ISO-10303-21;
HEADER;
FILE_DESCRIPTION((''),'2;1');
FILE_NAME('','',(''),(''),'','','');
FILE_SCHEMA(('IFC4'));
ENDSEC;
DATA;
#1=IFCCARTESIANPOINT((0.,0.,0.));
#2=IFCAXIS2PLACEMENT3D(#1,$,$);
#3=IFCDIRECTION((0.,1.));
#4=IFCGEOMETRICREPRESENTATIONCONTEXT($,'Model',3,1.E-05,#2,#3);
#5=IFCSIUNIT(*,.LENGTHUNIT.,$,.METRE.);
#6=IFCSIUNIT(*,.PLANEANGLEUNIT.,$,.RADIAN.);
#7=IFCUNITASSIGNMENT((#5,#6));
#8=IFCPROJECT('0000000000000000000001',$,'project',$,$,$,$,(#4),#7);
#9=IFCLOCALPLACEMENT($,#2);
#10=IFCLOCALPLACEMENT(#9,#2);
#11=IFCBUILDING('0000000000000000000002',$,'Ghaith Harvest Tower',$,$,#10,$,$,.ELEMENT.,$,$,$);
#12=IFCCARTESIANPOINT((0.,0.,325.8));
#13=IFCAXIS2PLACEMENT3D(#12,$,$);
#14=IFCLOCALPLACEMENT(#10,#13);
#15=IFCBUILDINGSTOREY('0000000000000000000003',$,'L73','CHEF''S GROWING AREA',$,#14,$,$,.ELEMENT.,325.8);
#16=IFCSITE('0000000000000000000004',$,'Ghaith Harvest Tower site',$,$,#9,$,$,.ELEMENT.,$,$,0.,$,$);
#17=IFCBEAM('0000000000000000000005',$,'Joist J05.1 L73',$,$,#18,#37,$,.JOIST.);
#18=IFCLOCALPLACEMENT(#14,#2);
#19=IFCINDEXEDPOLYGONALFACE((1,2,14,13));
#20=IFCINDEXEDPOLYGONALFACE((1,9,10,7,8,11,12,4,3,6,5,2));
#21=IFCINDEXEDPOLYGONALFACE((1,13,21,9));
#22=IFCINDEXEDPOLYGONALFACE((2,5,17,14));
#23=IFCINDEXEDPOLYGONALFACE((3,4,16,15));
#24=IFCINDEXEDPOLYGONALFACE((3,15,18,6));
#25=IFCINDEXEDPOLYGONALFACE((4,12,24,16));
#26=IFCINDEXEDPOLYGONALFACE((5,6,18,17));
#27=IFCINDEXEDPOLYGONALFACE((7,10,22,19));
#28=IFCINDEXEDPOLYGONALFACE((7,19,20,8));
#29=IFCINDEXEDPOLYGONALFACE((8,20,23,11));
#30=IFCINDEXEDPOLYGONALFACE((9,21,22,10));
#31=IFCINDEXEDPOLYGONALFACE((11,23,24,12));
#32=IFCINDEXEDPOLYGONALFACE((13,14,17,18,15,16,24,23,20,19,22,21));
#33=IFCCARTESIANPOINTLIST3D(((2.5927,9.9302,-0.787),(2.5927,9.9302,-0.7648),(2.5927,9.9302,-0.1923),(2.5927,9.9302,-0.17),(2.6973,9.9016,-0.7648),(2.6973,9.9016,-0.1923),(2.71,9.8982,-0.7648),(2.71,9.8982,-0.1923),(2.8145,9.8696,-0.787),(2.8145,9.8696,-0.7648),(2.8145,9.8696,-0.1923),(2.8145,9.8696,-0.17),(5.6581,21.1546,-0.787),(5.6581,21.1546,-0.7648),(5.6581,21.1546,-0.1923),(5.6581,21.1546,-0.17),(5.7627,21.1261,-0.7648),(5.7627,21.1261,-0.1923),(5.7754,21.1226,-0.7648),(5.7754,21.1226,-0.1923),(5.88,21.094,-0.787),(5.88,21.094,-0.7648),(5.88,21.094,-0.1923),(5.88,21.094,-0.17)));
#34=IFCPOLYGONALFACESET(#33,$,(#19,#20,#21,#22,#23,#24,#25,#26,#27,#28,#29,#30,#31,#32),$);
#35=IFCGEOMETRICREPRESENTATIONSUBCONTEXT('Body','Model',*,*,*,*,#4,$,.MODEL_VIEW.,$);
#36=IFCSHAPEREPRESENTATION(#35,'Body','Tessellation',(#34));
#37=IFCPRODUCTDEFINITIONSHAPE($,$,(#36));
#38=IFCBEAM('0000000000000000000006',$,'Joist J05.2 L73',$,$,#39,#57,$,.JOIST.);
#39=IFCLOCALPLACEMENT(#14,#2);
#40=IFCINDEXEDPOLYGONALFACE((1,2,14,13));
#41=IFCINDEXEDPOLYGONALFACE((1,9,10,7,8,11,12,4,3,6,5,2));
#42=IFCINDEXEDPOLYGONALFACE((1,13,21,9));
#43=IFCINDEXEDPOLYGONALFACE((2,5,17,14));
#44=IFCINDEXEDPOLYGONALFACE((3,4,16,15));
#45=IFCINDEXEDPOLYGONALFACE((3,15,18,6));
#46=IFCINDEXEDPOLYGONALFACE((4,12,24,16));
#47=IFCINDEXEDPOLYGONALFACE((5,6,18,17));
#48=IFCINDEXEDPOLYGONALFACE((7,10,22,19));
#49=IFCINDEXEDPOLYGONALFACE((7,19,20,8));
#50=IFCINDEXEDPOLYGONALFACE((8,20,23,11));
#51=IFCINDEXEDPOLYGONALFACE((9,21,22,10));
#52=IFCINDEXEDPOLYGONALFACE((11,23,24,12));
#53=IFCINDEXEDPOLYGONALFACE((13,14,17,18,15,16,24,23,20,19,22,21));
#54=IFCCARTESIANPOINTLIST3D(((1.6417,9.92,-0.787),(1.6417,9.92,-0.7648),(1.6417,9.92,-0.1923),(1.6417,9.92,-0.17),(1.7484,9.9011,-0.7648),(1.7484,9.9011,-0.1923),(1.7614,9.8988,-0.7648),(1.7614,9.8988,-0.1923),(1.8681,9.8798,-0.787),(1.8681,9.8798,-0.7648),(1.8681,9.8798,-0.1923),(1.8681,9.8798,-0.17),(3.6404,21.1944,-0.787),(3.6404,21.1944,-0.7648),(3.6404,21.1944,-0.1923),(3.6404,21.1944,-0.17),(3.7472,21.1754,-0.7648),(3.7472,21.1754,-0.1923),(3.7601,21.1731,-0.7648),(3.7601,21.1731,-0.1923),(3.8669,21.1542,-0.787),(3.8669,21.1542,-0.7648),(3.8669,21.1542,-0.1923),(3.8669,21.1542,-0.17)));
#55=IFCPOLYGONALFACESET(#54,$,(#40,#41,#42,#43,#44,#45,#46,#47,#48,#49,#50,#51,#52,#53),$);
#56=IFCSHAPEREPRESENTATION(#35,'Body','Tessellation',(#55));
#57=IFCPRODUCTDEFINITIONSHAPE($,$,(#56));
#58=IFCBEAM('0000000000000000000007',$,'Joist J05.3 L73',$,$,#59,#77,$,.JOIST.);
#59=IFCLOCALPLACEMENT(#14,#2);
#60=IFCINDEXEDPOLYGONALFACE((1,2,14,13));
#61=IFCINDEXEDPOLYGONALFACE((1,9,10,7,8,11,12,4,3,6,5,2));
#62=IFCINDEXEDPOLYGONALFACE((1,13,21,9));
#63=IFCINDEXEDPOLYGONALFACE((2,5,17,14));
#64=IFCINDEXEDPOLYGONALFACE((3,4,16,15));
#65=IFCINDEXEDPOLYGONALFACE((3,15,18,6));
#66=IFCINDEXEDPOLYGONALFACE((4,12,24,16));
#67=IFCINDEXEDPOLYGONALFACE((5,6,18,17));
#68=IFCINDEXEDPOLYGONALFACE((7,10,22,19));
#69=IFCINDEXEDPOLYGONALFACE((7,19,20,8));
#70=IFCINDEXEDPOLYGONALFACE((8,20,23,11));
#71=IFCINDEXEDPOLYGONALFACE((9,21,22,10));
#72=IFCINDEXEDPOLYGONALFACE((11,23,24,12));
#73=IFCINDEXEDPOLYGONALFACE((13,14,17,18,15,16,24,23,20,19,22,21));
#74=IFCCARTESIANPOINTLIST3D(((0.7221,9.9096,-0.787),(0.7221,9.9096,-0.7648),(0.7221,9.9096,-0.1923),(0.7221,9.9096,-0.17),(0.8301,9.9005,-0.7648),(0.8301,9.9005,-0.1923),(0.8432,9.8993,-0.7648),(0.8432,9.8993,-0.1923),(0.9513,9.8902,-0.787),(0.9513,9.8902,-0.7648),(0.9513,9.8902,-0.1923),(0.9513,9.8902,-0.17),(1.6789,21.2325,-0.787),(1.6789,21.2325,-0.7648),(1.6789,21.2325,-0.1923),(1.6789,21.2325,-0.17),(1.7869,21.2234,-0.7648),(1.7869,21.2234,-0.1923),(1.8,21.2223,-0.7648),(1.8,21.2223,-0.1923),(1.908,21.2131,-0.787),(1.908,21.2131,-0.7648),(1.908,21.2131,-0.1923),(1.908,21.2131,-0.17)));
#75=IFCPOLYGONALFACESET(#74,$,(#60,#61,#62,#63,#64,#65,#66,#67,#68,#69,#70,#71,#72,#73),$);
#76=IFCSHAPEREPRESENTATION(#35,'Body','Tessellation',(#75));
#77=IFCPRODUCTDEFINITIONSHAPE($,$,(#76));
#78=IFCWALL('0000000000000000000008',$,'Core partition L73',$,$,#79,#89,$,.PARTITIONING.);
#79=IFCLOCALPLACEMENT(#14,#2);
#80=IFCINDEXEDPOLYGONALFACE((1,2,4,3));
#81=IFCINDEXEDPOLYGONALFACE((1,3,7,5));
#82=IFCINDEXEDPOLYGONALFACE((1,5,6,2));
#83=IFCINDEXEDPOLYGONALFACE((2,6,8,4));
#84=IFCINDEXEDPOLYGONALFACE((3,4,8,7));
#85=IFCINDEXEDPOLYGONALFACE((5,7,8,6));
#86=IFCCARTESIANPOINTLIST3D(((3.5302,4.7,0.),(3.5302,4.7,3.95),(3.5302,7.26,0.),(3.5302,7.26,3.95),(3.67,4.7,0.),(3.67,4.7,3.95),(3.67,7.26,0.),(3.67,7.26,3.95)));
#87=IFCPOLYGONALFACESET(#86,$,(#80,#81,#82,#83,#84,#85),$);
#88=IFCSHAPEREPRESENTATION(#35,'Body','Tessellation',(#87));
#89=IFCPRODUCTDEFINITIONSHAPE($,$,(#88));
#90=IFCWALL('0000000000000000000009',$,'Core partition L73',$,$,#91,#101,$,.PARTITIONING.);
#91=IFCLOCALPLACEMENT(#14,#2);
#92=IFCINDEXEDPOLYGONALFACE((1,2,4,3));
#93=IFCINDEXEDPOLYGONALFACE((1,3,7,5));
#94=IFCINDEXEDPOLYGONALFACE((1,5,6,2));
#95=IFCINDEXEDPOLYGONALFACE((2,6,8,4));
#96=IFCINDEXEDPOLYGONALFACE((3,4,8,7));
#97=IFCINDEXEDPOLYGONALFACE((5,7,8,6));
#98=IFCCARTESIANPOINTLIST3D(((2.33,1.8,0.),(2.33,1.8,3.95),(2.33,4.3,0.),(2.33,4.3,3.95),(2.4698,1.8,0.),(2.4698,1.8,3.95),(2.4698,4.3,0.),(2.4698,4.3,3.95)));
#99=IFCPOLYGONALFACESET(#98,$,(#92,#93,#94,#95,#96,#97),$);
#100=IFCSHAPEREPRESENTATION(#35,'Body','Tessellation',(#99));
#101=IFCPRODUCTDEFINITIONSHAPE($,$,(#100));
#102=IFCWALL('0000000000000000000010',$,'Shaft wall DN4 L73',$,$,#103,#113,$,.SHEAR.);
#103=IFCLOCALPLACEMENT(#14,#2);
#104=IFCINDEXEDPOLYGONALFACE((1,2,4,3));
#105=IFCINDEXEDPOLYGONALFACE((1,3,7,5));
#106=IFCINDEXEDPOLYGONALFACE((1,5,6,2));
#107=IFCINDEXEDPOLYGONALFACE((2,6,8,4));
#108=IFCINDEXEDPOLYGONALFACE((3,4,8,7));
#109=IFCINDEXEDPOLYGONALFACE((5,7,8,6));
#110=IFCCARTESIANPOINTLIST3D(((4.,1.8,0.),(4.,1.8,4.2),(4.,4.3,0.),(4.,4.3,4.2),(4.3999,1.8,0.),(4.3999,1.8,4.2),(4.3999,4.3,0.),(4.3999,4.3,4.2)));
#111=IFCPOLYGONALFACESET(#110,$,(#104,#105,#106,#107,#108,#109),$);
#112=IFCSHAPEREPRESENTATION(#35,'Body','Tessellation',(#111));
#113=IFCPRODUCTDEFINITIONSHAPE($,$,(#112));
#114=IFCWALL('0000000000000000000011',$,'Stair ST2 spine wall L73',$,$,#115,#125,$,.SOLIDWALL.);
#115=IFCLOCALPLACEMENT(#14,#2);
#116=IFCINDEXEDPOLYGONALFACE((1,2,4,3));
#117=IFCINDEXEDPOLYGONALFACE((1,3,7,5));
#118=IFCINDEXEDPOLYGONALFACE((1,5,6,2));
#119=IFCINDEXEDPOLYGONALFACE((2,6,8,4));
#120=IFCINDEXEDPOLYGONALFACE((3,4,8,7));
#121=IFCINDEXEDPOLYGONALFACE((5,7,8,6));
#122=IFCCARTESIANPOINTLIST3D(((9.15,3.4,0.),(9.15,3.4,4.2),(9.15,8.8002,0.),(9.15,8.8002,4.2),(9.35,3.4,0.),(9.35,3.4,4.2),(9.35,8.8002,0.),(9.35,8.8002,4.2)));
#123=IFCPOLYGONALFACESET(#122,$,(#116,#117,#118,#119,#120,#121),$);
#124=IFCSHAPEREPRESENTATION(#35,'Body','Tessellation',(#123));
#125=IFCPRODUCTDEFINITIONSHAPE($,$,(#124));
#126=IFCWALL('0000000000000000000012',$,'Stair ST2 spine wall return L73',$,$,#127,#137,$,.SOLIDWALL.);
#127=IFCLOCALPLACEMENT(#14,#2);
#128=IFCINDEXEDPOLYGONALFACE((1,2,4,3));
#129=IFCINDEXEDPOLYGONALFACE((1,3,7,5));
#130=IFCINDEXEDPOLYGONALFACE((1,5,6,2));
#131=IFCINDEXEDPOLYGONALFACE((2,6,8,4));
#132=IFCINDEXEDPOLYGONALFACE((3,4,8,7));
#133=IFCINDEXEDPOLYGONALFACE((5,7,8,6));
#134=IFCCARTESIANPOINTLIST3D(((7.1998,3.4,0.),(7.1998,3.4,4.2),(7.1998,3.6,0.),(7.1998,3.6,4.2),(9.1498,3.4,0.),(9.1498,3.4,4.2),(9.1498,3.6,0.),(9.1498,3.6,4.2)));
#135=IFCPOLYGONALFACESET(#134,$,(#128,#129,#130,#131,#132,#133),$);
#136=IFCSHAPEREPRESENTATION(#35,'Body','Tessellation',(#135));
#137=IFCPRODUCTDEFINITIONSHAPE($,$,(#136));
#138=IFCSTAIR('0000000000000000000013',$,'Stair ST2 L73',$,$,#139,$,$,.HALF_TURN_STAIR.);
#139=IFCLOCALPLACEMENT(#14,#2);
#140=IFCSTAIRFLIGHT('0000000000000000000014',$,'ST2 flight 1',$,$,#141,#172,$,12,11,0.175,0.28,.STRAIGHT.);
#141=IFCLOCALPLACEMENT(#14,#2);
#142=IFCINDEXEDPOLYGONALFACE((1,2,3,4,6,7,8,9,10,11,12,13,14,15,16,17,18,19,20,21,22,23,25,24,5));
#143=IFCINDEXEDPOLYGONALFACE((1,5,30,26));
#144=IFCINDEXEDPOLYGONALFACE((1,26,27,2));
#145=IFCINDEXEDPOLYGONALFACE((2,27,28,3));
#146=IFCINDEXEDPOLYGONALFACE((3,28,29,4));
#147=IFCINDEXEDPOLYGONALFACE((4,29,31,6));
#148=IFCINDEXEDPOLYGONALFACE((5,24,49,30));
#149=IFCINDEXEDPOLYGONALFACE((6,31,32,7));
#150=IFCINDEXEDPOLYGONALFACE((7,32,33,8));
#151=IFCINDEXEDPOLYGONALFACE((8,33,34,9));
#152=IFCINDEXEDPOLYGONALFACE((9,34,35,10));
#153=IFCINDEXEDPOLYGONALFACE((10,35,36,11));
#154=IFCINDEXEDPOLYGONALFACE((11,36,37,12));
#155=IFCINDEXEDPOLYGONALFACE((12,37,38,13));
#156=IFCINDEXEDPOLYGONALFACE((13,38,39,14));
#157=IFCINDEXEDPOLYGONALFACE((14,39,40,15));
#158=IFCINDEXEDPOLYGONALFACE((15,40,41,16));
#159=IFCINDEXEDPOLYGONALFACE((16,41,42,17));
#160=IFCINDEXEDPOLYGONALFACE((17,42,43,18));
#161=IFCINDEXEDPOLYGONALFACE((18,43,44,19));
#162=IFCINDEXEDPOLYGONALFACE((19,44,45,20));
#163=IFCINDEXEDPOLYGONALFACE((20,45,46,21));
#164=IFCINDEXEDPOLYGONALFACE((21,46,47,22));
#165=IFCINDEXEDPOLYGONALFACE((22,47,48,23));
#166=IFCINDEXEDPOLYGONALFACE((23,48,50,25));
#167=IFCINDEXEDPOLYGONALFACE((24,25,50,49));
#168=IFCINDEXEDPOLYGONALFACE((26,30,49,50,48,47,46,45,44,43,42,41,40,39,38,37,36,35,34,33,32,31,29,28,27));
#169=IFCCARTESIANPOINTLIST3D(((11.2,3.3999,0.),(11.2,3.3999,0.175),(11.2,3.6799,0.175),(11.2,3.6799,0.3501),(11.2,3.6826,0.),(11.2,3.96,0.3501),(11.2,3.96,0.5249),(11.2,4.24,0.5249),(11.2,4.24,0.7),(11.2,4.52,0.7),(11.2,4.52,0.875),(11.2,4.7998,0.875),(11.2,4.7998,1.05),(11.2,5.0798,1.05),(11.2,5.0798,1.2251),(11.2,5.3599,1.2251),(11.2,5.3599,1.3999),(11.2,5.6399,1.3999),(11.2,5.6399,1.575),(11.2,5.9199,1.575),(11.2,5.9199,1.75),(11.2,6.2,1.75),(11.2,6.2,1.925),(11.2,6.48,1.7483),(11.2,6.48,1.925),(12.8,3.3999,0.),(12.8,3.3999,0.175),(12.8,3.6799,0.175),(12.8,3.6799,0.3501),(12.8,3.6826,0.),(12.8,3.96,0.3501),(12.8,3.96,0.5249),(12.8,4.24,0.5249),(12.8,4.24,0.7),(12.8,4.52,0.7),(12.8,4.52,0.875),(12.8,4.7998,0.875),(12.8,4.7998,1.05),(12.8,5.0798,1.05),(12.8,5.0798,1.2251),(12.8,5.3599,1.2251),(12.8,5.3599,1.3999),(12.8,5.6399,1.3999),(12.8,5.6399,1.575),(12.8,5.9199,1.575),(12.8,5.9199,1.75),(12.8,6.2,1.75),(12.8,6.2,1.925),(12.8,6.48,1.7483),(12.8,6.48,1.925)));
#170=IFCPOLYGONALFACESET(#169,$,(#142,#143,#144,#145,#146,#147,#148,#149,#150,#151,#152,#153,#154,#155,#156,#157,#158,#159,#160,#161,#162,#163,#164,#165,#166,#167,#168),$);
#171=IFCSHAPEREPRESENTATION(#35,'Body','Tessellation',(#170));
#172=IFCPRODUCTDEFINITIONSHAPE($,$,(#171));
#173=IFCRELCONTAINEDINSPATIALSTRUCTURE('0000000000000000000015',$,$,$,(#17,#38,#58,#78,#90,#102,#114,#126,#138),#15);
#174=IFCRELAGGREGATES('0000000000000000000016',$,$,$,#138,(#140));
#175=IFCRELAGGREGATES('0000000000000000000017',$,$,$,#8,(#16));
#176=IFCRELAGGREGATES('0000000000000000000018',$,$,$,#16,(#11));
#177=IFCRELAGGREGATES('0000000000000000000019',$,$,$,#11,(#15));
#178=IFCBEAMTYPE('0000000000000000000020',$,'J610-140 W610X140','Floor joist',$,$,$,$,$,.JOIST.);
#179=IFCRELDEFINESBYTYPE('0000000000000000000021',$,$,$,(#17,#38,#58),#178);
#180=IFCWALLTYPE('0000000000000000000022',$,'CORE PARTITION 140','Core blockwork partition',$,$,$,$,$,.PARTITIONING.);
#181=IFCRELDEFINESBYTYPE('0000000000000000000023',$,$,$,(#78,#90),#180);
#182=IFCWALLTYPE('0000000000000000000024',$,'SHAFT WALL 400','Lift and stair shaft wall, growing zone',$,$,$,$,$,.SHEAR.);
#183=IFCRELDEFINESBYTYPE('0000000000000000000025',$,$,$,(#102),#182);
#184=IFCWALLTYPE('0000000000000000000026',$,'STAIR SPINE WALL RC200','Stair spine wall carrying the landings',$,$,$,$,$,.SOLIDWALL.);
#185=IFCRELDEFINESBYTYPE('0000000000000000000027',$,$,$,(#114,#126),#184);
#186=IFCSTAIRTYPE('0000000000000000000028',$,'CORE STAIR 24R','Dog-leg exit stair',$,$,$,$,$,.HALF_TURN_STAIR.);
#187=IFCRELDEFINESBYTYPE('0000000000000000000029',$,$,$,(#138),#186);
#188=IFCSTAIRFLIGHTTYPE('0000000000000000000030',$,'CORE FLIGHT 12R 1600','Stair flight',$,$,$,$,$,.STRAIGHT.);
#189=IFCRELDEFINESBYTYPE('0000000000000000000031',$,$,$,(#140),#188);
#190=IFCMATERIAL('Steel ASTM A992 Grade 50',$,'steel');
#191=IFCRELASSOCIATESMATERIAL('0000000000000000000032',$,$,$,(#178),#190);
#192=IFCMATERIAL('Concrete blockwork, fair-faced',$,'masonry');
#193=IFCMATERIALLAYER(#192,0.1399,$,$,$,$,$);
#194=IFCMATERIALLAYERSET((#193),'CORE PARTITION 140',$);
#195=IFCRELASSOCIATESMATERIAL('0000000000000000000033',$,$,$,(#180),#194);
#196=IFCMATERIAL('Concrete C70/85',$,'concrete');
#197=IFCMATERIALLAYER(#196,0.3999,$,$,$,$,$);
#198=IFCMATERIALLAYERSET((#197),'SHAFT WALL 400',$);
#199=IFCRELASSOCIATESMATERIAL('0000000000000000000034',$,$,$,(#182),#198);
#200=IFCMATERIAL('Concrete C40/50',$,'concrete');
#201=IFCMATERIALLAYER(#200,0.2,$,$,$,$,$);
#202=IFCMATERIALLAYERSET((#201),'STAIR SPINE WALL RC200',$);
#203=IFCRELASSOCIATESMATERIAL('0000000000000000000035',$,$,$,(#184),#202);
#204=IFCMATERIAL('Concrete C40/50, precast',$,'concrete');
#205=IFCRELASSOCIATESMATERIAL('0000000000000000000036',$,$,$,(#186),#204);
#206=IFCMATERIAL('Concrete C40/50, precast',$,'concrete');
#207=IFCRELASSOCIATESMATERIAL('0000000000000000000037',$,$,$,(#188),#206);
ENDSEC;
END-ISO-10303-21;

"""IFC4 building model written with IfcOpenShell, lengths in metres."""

from ifc_helpers import new_model, si_unit, direction, frame, frame_2d, origin, origin_2d, place, context, subcontext, project, spatial, polyline, rectangle, i_section, outline, extrude, material, layer, layer_set, material_profile, profile_set, type_object, element, aggregate, save


model = new_model("IFC4")

# Units and contexts
model_context = context("Model", 3, precision=1e-05, world=origin(), true_north=direction((0.0, 1.0)))
body_context = subcontext(model_context, "Body", "Model", "MODEL_VIEW")
ifc_project = project(units=[si_unit("LENGTHUNIT", "METRE"), si_unit("PLANEANGLEUNIT", "RADIAN")], contexts=[model_context])

# Site, building, storey
site_placement = place(None, origin())
site = spatial("IfcSite", under=ifc_project, at=site_placement, Name="Ghaith Harvest Tower site", CompositionType="ELEMENT", RefElevation=0.0)
building_placement = place(site_placement, origin())
building = spatial("IfcBuilding", under=site, at=building_placement, Name="Ghaith Harvest Tower", CompositionType="ELEMENT")
storey_placement = place(building_placement, frame((0.0, 0.0, 325.8)))
storey = spatial("IfcBuildingStorey", under=building, at=storey_placement, Name="L73", Description="CHEF'S GROWING AREA", CompositionType="ELEMENT", Elevation=325.8)

# Beams
ifc_material_1 = material(Name="Steel ASTM A992 Grade 50", Category="steel")
ifc_material_profile = material_profile(ifc_material_1, i_section(OverallWidth=0.23, OverallDepth=0.6169, WebThickness=0.0132, FlangeThickness=0.0222, at=origin_2d()), Name="W610X140")
ifc_profile_set = profile_set([ifc_material_profile], Name="Steel ASTM A992 Grade 50")
beam_type = type_object("IfcBeamType", Name="J610-140 W610X140", Description="Floor joist", PredefinedType="JOIST", material=ifc_profile_set)
beam_1_placement = place(storey_placement, frame((2.7036, 9.8999, -0.4785), z_axis=(0.263456, 0.964671, 0.0), x_axis=(-0.964671, 0.263456, 0.0)))
element("IfcBeam", 1, at=beam_1_placement, inside=storey, type_object=beam_type, Name="Joist J05.1 L73", PredefinedType="JOIST", context=body_context, shape_type="SweptSolid", body=[
    extrude(i_section(OverallWidth=0.23, OverallDepth=0.6169, WebThickness=0.0132, FlangeThickness=0.0222, at=origin_2d()), origin(), (0.0, 0.0, 1.0), 11.6355),
])
beam_2_placement = place(storey_placement, frame((1.7549, 9.8999, -0.4785), z_axis=(0.174563, 0.984646, 0.0), x_axis=(-0.984646, 0.174563, 0.0)))
element("IfcBeam", 2, at=beam_2_placement, inside=storey, type_object=beam_type, Name="Joist J05.2 L73", PredefinedType="JOIST", context=body_context, shape_type="SweptSolid", body=[
    extrude(i_section(OverallWidth=0.23, OverallDepth=0.6169, WebThickness=0.0132, FlangeThickness=0.0222, at=origin_2d()), origin(), (0.0, 0.0, 1.0), 11.4502),
])
beam_3_placement = place(storey_placement, frame((0.8367, 9.8999, -0.4785), z_axis=(0.084199, 0.996449, 0.0), x_axis=(-0.996449, 0.084199, 0.0)))
element("IfcBeam", 3, at=beam_3_placement, inside=storey, type_object=beam_type, Name="Joist J05.3 L73", PredefinedType="JOIST", context=body_context, shape_type="SweptSolid", body=[
    extrude(i_section(OverallWidth=0.23, OverallDepth=0.6169, WebThickness=0.0132, FlangeThickness=0.0222, at=origin_2d()), origin(), (0.0, 0.0, 1.0), 11.3633),
])

# Walls
ifc_material_2 = material(Name="Concrete blockwork, fair-faced", Category="masonry")
ifc_layer_1 = layer(ifc_material_2, 0.1399)
ifc_layer_set_1 = layer_set([ifc_layer_1], Name="CORE PARTITION 140")
wall_type_1 = type_object("IfcWallType", Name="CORE PARTITION 140", Description="Core blockwork partition", PredefinedType="PARTITIONING", material=ifc_layer_set_1)
wall_1_placement = place(storey_placement, frame((3.6001, 4.7, 0.0), z_axis=(0.0, 0.0, 1.0), x_axis=(0.0, 1.0, 0.0)))
element("IfcWall", 4, at=wall_1_placement, inside=storey, type_object=wall_type_1, Name="Core partition L73", PredefinedType="PARTITIONING", context=body_context, shape_type="SweptSolid", body=[
    extrude(rectangle(XDim=2.5601, YDim=0.1399, at=frame_2d((1.28, 0.0))), origin(), (0.0, 0.0, 1.0), 3.95),
])
wall_2_placement = place(storey_placement, frame((2.3999, 1.8, 0.0), z_axis=(0.0, 0.0, 1.0), x_axis=(0.0, 1.0, 0.0)))
element("IfcWall", 5, at=wall_2_placement, inside=storey, type_object=wall_type_1, Name="Core partition L73", PredefinedType="PARTITIONING", context=body_context, shape_type="SweptSolid", body=[
    extrude(rectangle(XDim=2.5, YDim=0.1399, at=frame_2d((1.25, 0.0))), origin(), (0.0, 0.0, 1.0), 3.95),
])

# Shared definitions
ifc_material_3 = material(Name="Concrete C70/85", Category="concrete")
ifc_layer_2 = layer(ifc_material_3, 0.3999)
ifc_layer_set_2 = layer_set([ifc_layer_2], Name="SHAFT WALL 400")
wall_type_2 = type_object("IfcWallType", Name="SHAFT WALL 400", Description="Lift and stair shaft wall, growing zone", PredefinedType="SHEAR", material=ifc_layer_set_2)

# Walls
wall_3_placement = place(storey_placement, frame((4.2, 1.8, 0.0), z_axis=(0.0, 0.0, 1.0), x_axis=(0.0, 1.0, 0.0)))
element("IfcWall", 6, at=wall_3_placement, inside=storey, type_object=wall_type_2, Name="Shaft wall DN4 L73", PredefinedType="SHEAR", context=body_context, shape_type="SweptSolid", body=[
    extrude(rectangle(XDim=2.5, YDim=0.3999, at=frame_2d((1.25, 0.0))), origin(), (0.0, 0.0, 1.0), 4.2),
])
ifc_material_4 = material(Name="Concrete C40/50", Category="concrete")
ifc_layer_3 = layer(ifc_material_4, 0.2)
ifc_layer_set_3 = layer_set([ifc_layer_3], Name="STAIR SPINE WALL RC200")
wall_type_3 = type_object("IfcWallType", Name="STAIR SPINE WALL RC200", Description="Stair spine wall carrying the landings", PredefinedType="SOLIDWALL", material=ifc_layer_set_3)
wall_4_placement = place(storey_placement, frame((9.25, 3.3999, 0.0), z_axis=(0.0, 0.0, 1.0), x_axis=(0.0, 1.0, 0.0)))
element("IfcWall", 7, at=wall_4_placement, inside=storey, type_object=wall_type_3, Name="Stair ST2 spine wall L73", PredefinedType="SOLIDWALL", context=body_context, shape_type="SweptSolid", body=[
    extrude(rectangle(XDim=5.4001, YDim=0.2, at=frame_2d((2.7002, 0.0))), origin(), (0.0, 0.0, 1.0), 4.2),
])
wall_5_placement = place(storey_placement, frame((9.1499, 3.5, 0.0), z_axis=(0.0, 0.0, 1.0), x_axis=(-1.0, 0.0, 0.0)))
element("IfcWall", 8, at=wall_5_placement, inside=storey, type_object=wall_type_3, Name="Stair ST2 spine wall return L73", PredefinedType="SOLIDWALL", context=body_context, shape_type="SweptSolid", body=[
    extrude(rectangle(XDim=1.95, YDim=0.2, at=frame_2d((0.9751, 0.0))), origin(), (0.0, 0.0, 1.0), 4.2),
])

# Stair, stair flight
ifc_material_5 = material(Name="Concrete C40/50, precast", Category="concrete")
stair_type = type_object("IfcStairType", Name="CORE STAIR 24R", Description="Dog-leg exit stair", PredefinedType="HALF_TURN_STAIR", material=ifc_material_5)
stair_placement = place(storey_placement, origin())
stair = element("IfcStair", 9, at=stair_placement, inside=storey, type_object=stair_type, Name="Stair ST2 L73", PredefinedType="HALF_TURN_STAIR")
ifc_material_6 = material(Name="Concrete C40/50, precast", Category="concrete")
stair_flight_type = type_object("IfcStairFlightType", Name="CORE FLIGHT 12R 1600", Description="Stair flight", PredefinedType="STRAIGHT", material=ifc_material_6)
stair_flight_1_placement = place(storey_placement, frame((12.0, 3.3999, 0.0), z_axis=(0.0, 0.0, 1.0), x_axis=(0.0, 1.0, 0.0)))
stair_flight_1 = element("IfcStairFlight", 10, at=stair_flight_1_placement, type_object=stair_flight_type, Name="ST2 flight 1", NumberOfRisers=12, NumberOfTreads=11, PredefinedType="STRAIGHT", RiserHeight=0.175, TreadLength=0.28, context=body_context, shape_type="SweptSolid", body=[
    extrude(outline(polyline([(0.0, 0.0), (0.0, 0.175), (0.28, 0.175), (0.28, 0.3501), (0.5601, 0.3501), (0.5601, 0.5249), (0.8401, 0.5249), (0.8401, 0.7), (1.1201, 0.7), (1.1201, 0.875), (1.3999, 0.875), (1.3999, 1.05), (1.6799, 1.05), (1.6799, 1.2251), (1.96, 1.2251), (1.96, 1.3999), (2.24, 1.3999), (2.24, 1.575), (2.52, 1.575), (2.52, 1.75), (2.8, 1.75), (2.8, 1.925), (3.0801, 1.925), (3.0801, 2.1001), (3.0801, 1.7483), (0.2827, 0.0), (0.0, 0.0)])), frame((0.0, 0.8, 0.0), z_axis=(0.0, -1.0, 0.0), x_axis=(1.0, 0.0, 0.0)), (0.0, 0.0, 1.0), 1.6001),
])
aggregate(stair, [stair_flight_1])

save(model, "model.ifc")
